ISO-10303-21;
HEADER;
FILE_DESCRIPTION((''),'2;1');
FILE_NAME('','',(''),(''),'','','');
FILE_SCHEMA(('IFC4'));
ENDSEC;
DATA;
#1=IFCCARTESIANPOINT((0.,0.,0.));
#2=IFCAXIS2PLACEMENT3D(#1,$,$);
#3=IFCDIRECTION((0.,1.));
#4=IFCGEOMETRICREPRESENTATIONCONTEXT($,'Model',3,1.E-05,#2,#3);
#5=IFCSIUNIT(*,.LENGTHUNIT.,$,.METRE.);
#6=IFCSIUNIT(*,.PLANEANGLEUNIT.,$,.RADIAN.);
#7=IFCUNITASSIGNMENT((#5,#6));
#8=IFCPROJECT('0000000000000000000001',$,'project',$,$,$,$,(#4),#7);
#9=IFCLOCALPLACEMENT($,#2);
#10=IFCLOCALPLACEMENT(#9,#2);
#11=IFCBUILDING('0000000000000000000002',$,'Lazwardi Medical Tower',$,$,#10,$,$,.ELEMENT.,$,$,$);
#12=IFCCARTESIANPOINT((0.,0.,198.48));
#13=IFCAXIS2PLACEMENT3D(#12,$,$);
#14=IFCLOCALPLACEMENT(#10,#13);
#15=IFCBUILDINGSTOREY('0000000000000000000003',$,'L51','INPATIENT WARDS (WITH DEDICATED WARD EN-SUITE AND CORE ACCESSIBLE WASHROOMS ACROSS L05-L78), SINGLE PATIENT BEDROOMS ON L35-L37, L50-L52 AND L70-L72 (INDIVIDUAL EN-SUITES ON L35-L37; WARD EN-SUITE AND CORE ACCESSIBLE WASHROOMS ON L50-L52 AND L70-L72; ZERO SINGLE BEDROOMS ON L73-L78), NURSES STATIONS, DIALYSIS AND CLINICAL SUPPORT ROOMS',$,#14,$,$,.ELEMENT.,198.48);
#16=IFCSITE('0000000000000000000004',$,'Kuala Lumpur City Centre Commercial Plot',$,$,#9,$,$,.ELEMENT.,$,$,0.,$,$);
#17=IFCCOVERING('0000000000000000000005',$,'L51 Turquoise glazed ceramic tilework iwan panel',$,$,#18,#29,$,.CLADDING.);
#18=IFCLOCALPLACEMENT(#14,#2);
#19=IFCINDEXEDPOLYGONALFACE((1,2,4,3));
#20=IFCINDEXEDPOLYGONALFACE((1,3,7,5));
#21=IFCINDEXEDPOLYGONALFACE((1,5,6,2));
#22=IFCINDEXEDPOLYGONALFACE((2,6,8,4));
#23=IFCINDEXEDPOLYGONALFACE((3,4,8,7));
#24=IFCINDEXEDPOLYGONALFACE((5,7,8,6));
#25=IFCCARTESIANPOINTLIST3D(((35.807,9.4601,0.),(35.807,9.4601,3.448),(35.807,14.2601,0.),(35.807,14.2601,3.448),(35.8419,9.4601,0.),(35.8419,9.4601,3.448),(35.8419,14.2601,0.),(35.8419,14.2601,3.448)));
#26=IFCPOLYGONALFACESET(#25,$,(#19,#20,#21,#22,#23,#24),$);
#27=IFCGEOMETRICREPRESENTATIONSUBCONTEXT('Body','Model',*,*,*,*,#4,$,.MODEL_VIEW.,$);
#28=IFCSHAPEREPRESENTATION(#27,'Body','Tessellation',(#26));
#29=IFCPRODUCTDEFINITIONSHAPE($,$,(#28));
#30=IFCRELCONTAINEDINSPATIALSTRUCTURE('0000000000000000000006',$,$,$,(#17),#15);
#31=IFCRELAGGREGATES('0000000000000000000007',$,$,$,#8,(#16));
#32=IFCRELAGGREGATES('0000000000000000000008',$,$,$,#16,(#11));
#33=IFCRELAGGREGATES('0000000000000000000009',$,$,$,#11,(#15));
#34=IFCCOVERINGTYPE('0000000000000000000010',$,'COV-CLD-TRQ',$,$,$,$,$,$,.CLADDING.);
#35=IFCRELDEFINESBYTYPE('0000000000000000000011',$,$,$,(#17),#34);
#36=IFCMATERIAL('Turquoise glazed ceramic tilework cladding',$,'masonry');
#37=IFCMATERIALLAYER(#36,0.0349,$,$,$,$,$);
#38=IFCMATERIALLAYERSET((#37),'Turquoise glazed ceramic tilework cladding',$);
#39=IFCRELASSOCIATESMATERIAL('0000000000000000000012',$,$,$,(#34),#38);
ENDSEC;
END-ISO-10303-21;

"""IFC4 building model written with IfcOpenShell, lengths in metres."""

from ifc_helpers import new_model, si_unit, direction, frame, origin, origin_2d, place, context, subcontext, project, spatial, rectangle, extrude, material, layer, layer_set, type_object, element, save


model = new_model("IFC4")

# Units and contexts
model_context = context("Model", 3, precision=1e-05, world=origin(), true_north=direction((0.0, 1.0)))
body_context = subcontext(model_context, "Body", "Model", "MODEL_VIEW")
ifc_project = project(units=[si_unit("LENGTHUNIT", "METRE"), si_unit("PLANEANGLEUNIT", "RADIAN")], contexts=[model_context])

# Site, building, storey
site_placement = place(None, origin())
site = spatial("IfcSite", under=ifc_project, at=site_placement, Name="Kuala Lumpur City Centre Commercial Plot", CompositionType="ELEMENT", RefElevation=0.0)
building_placement = place(site_placement, origin())
building = spatial("IfcBuilding", under=site, at=building_placement, Name="Lazwardi Medical Tower", CompositionType="ELEMENT")
storey_placement = place(building_placement, frame((0.0, 0.0, 198.48)))
storey = spatial("IfcBuildingStorey", under=building, at=storey_placement, Name="L51", Description="INPATIENT WARDS (WITH DEDICATED WARD EN-SUITE AND CORE ACCESSIBLE WASHROOMS ACROSS L05-L78), SINGLE PATIENT BEDROOMS ON L35-L37, L50-L52 AND L70-L72 (INDIVIDUAL EN-SUITES ON L35-L37; WARD EN-SUITE AND CORE ACCESSIBLE WASHROOMS ON L50-L52 AND L70-L72; ZERO SINGLE BEDROOMS ON L73-L78), NURSES STATIONS, DIALYSIS AND CLINICAL SUPPORT ROOMS", CompositionType="ELEMENT", Elevation=198.48)

# Covering
ifc_material_1 = material(Name="Turquoise glazed ceramic tilework cladding", Category="masonry")
ifc_layer_1 = layer(ifc_material_1, 0.0349)
ifc_layer_set_1 = layer_set([ifc_layer_1], Name="Turquoise glazed ceramic tilework cladding")
covering_type_1 = type_object("IfcCoveringType", Name="COV-CLD-TRQ", PredefinedType="CLADDING", material=ifc_layer_set_1)
covering_1_placement = place(storey_placement, frame((35.8245, 11.8601, 0.0), z_axis=(0.0, 0.0, 1.0), x_axis=(0.0, 1.0, 0.0)))
element("IfcCovering", 1, at=covering_1_placement, inside=storey, type_object=covering_type_1, Name="L51 Turquoise glazed ceramic tilework iwan panel", PredefinedType="CLADDING", context=body_context, shape_type="SweptSolid", body=[
    extrude(rectangle(XDim=4.8, YDim=0.0349, at=origin_2d()), origin(), (0.0, 0.0, 1.0), 3.448),
])

save(model, "model.ifc")
